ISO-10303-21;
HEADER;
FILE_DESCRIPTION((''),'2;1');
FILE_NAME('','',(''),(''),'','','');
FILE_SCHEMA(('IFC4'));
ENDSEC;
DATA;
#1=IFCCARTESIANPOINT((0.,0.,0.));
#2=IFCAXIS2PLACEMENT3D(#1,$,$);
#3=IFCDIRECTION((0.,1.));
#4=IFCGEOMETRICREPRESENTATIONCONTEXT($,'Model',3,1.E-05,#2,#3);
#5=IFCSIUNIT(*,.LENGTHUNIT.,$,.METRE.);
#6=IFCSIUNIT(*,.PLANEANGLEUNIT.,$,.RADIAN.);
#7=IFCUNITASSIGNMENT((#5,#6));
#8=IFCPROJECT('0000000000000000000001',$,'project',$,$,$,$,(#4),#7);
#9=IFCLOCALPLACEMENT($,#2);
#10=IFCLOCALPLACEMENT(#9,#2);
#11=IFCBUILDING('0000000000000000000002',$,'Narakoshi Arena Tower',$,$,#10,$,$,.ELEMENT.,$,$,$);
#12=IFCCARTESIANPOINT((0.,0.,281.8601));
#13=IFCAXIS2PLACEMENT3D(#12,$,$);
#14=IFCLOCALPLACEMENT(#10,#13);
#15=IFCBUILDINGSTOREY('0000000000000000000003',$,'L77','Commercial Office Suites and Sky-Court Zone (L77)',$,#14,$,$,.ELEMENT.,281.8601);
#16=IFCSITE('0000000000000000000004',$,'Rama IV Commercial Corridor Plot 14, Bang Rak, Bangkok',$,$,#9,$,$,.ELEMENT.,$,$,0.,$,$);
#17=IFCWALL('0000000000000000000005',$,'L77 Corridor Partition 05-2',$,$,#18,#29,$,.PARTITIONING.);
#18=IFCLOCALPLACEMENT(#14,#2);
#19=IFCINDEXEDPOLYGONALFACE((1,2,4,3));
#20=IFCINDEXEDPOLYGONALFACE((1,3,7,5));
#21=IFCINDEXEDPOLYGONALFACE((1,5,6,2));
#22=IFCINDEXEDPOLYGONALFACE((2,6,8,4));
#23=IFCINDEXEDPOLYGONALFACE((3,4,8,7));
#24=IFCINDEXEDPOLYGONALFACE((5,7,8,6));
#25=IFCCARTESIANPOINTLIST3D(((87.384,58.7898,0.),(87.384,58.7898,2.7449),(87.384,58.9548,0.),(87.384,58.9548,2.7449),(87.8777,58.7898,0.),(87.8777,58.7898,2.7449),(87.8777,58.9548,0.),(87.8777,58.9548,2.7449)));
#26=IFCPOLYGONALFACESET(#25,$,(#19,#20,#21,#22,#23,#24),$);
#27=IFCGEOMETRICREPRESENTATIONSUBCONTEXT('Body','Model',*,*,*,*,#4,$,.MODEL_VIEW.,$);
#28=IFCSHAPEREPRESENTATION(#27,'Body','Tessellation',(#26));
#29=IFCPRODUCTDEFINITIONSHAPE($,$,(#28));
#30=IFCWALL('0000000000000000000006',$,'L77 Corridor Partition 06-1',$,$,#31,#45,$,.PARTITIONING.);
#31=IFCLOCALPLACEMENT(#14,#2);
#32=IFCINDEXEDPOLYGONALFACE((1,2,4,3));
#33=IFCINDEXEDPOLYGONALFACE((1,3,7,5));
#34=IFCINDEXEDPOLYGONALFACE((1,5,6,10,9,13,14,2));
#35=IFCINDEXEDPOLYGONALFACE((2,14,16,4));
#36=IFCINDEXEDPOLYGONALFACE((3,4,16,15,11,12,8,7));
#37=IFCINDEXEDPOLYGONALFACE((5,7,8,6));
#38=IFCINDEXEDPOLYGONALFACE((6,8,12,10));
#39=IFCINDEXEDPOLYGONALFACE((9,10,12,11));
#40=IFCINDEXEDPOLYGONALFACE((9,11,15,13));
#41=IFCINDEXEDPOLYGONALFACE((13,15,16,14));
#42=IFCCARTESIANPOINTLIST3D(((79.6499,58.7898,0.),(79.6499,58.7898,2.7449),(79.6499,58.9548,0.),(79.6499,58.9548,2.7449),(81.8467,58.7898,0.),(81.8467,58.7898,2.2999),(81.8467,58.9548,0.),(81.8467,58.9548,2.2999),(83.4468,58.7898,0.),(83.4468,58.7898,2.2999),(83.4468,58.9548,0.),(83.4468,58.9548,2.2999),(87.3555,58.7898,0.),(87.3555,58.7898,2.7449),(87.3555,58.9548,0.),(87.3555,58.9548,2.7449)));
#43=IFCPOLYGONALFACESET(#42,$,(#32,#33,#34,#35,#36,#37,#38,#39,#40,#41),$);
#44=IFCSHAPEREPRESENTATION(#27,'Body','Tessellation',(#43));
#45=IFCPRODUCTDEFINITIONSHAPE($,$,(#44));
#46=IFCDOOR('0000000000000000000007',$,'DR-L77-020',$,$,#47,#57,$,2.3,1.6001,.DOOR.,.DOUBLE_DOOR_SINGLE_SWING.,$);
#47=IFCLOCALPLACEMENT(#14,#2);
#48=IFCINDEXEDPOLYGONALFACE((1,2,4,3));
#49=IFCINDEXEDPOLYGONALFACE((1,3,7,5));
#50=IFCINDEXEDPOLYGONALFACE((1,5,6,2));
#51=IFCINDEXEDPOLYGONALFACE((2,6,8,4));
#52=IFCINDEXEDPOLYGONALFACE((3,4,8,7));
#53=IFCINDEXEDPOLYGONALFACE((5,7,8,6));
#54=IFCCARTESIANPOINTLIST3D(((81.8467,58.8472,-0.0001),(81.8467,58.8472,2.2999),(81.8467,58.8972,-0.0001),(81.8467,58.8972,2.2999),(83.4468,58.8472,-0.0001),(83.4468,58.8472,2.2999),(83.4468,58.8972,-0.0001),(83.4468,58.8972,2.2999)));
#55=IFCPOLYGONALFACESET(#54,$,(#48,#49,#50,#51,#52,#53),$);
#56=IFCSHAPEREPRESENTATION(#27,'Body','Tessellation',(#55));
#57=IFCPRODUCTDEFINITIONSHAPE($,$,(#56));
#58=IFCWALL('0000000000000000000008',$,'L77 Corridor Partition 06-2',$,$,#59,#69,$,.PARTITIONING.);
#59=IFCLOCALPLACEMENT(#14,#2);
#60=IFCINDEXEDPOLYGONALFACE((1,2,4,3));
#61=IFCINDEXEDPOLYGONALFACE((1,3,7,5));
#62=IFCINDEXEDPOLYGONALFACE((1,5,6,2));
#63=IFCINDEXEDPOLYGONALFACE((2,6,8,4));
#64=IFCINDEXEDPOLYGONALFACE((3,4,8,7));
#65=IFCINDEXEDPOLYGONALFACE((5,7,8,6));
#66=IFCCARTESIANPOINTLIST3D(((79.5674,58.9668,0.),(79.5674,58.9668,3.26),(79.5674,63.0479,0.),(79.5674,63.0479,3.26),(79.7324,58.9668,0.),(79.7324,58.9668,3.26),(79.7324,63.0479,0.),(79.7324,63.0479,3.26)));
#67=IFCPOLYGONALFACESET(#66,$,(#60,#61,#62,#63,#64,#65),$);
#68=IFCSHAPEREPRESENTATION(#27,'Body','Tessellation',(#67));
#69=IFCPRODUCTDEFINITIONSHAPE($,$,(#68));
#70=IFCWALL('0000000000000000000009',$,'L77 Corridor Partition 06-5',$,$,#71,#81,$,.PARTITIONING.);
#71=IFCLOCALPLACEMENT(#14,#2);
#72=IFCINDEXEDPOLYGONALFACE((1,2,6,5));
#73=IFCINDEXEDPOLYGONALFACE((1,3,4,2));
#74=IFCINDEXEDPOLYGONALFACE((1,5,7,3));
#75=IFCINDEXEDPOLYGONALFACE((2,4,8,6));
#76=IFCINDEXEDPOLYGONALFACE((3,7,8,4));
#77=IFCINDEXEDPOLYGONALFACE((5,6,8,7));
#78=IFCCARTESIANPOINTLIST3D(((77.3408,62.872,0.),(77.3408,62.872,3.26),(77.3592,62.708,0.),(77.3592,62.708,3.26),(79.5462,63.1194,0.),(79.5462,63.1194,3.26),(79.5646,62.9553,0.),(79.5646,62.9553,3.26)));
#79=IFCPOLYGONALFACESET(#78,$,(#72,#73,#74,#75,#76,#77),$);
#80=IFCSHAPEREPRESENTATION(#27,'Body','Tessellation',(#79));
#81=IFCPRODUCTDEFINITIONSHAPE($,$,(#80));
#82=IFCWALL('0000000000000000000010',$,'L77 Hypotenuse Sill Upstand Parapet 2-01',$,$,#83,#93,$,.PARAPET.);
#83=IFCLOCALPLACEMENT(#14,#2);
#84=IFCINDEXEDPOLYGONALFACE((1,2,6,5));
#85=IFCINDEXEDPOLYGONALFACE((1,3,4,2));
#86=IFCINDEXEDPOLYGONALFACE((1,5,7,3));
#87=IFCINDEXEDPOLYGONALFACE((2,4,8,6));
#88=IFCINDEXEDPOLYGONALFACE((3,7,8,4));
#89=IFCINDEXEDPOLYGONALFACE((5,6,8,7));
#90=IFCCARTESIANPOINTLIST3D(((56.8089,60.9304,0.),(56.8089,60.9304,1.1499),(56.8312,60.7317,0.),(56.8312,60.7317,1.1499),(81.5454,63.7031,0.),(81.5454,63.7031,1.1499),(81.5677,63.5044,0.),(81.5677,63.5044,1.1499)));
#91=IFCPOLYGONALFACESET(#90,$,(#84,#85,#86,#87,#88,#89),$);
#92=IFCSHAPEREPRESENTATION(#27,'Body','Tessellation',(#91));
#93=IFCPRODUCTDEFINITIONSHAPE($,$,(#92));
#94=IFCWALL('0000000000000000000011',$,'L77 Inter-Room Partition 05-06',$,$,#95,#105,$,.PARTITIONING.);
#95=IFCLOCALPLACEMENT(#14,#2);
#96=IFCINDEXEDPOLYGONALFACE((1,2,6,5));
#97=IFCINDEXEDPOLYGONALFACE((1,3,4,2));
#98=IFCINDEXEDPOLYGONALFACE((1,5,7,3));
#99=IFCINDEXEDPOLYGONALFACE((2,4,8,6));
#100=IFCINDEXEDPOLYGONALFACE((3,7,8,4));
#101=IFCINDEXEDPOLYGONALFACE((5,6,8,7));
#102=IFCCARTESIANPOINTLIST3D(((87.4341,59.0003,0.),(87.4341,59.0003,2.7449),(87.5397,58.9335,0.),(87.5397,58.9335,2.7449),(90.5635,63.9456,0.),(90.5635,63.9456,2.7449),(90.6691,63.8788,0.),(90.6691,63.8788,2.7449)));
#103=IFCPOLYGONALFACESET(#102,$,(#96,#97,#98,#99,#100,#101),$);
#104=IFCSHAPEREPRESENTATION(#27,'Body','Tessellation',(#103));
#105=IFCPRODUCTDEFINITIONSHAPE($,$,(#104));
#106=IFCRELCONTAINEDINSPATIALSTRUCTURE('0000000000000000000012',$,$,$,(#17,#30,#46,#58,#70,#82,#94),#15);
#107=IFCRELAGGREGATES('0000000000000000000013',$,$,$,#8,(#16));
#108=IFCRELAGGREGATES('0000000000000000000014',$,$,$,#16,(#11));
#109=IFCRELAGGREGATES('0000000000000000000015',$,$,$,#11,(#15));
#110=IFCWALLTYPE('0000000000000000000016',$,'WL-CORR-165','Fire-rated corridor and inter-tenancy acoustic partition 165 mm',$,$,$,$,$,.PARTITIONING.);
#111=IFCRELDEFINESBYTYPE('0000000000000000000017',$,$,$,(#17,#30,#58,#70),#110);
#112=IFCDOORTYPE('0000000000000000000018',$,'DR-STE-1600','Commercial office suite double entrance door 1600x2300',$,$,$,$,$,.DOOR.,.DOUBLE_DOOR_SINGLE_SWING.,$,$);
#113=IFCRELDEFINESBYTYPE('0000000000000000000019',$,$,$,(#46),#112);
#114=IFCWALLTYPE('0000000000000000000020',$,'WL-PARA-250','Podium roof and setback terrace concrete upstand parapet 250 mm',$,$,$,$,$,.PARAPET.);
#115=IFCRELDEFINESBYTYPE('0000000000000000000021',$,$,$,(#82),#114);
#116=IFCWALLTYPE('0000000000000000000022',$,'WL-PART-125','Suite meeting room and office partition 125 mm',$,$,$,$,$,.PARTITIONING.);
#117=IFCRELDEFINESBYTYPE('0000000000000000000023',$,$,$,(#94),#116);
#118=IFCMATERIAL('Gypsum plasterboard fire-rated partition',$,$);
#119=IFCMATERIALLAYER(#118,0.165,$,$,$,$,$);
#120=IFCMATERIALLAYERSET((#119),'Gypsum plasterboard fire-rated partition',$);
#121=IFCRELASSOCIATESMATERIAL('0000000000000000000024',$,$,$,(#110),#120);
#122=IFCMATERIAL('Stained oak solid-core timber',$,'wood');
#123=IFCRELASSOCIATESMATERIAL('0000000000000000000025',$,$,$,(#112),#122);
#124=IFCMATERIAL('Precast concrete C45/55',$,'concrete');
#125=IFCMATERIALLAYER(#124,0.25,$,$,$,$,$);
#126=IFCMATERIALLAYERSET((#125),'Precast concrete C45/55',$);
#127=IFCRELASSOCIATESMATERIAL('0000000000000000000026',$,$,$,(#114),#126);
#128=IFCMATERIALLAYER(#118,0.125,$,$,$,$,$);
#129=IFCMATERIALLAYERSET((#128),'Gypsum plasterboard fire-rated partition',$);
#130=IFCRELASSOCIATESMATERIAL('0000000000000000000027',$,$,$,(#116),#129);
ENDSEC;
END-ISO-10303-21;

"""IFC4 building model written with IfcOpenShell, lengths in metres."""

from ifc_helpers import new_model, si_unit, direction, frame, frame_2d, origin, place, context, subcontext, project, spatial, rectangle, extrude, material, layer, layer_set, type_object, element, fill, save


model = new_model("IFC4")

# Units and contexts
model_context = context("Model", 3, precision=1e-05, world=origin(), true_north=direction((0.0, 1.0)))
body_context = subcontext(model_context, "Body", "Model", "MODEL_VIEW")
ifc_project = project(units=[si_unit("LENGTHUNIT", "METRE"), si_unit("PLANEANGLEUNIT", "RADIAN")], contexts=[model_context])

# Site, building, storey
site_placement = place(None, origin())
site = spatial("IfcSite", under=ifc_project, at=site_placement, Name="Rama IV Commercial Corridor Plot 14, Bang Rak, Bangkok", CompositionType="ELEMENT", RefElevation=0.0)
building_placement = place(site_placement, origin())
building = spatial("IfcBuilding", under=site, at=building_placement, Name="Narakoshi Arena Tower", CompositionType="ELEMENT")
storey_placement = place(building_placement, frame((0.0, 0.0, 281.8601)))
storey = spatial("IfcBuildingStorey", under=building, at=storey_placement, Name="L77", Description="Commercial Office Suites and Sky-Court Zone (L77)", CompositionType="ELEMENT", Elevation=281.8601)

# Wall
ifc_material_1 = material(Name="Gypsum plasterboard fire-rated partition")
ifc_layer_1 = layer(ifc_material_1, 0.165)
ifc_layer_set_1 = layer_set([ifc_layer_1], Name="Gypsum plasterboard fire-rated partition")
wall_type_1 = type_object("IfcWallType", Name="WL-CORR-165", Description="Fire-rated corridor and inter-tenancy acoustic partition 165 mm", PredefinedType="PARTITIONING", material=ifc_layer_set_1)
wall_1_placement = place(storey_placement, frame((87.8777, 58.8723, 0.0), z_axis=(0.0, 0.0, 1.0), x_axis=(-1.0, 0.0, 0.0)))
element("IfcWall", 1, at=wall_1_placement, inside=storey, type_object=wall_type_1, Name="L77 Corridor Partition 05-2", PredefinedType="PARTITIONING", context=body_context, shape_type="SweptSolid", body=[
    extrude(rectangle(XDim=0.4937, YDim=0.165, at=frame_2d((0.2468, 0.0))), origin(), (0.0, 0.0, 1.0), 2.7449),
])

# Wall, opening, door
wall_2_placement = place(storey_placement, frame((87.3555, 58.8723, 0.0), z_axis=(0.0, 0.0, 1.0), x_axis=(-1.0, 0.0, 0.0)))
wall_2 = element("IfcWall", 2, at=wall_2_placement, inside=storey, type_object=wall_type_1, Name="L77 Corridor Partition 06-1", PredefinedType="PARTITIONING", context=body_context, shape_type="SweptSolid", body=[
    extrude(rectangle(XDim=7.7056, YDim=0.165, at=frame_2d((3.8528, 0.0))), origin(), (0.0, 0.0, 1.0), 2.7449),
])
opening_placement = place(wall_2_placement, frame((3.9087, 0.0, 0.0)))
opening = element("IfcOpeningElement", 3, at=opening_placement, cuts=wall_2, PredefinedType="OPENING", context=body_context, shape_type="SweptSolid", body=[
    extrude(rectangle(XDim=1.6001, YDim=2.3, at=frame_2d((0.8, 1.1499))), frame((0.0, 0.0925, 0.0), z_axis=(0.0, -1.0, 0.0), x_axis=(1.0, 0.0, 0.0)), (0.0, 0.0, 1.0), 0.1851),
])
ifc_material_2 = material(Name="Stained oak solid-core timber", Category="wood")
door_type = type_object("IfcDoorType", Name="DR-STE-1600", Description="Commercial office suite double entrance door 1600x2300", OperationType="DOUBLE_DOOR_SINGLE_SWING", PredefinedType="DOOR", material=ifc_material_2)
door_placement = place(opening_placement, frame((1.6001, 0.0, 0.0), z_axis=(0.0, 0.0, 1.0), x_axis=(-1.0, 0.0, 0.0)))
door = element("IfcDoor", 4, at=door_placement, inside=storey, type_object=door_type, Name="DR-L77-020", OperationType="DOUBLE_DOOR_SINGLE_SWING", OverallHeight=2.3, OverallWidth=1.6001, PredefinedType="DOOR", context=body_context, shape_type="SweptSolid", body=[
    extrude(rectangle(XDim=1.6001, YDim=2.3, at=frame_2d((0.8, 1.1499))), frame((0.0, 0.0249, 0.0), z_axis=(0.0, -1.0, 0.0), x_axis=(1.0, 0.0, 0.0)), (0.0, 0.0, 1.0), 0.05),
])
fill(opening, door)

# Walls
wall_3_placement = place(storey_placement, frame((79.6499, 58.9668, 0.0), z_axis=(0.0, 0.0, 1.0), x_axis=(0.0, 1.0, 0.0)))
element("IfcWall", 5, at=wall_3_placement, inside=storey, type_object=wall_type_1, Name="L77 Corridor Partition 06-2", PredefinedType="PARTITIONING", context=body_context, shape_type="SweptSolid", body=[
    extrude(rectangle(XDim=4.0811, YDim=0.165, at=frame_2d((2.0405, 0.0))), origin(), (0.0, 0.0, 1.0), 3.26),
])
wall_4_placement = place(storey_placement, frame((79.5554, 63.0374, 0.0), z_axis=(0.0, 0.0, 1.0), x_axis=(-0.993771, -0.111446, 0.0)))
element("IfcWall", 6, at=wall_4_placement, inside=storey, type_object=wall_type_1, Name="L77 Corridor Partition 06-5", PredefinedType="PARTITIONING", context=body_context, shape_type="SweptSolid", body=[
    extrude(rectangle(XDim=2.2192, YDim=0.165, at=frame_2d((1.1096, 0.0))), origin(), (0.0, 0.0, 1.0), 3.26),
])
ifc_material_3 = material(Name="Precast concrete C45/55", Category="concrete")
ifc_layer_2 = layer(ifc_material_3, 0.25)
ifc_layer_set_2 = layer_set([ifc_layer_2], Name="Precast concrete C45/55")
wall_type_2 = type_object("IfcWallType", Name="WL-PARA-250", Description="Podium roof and setback terrace concrete upstand parapet 250 mm", PredefinedType="PARAPET", material=ifc_layer_set_2)
wall_5_placement = place(storey_placement, frame((81.5566, 63.6038, 0.0), z_axis=(0.0, 0.0, 1.0), x_axis=(-0.993776, -0.111393, 0.0)))
element("IfcWall", 7, at=wall_5_placement, inside=storey, type_object=wall_type_2, Name="L77 Hypotenuse Sill Upstand Parapet 2-01", PredefinedType="PARAPET", context=body_context, shape_type="SweptSolid", body=[
    extrude(rectangle(XDim=24.8914, YDim=0.2, at=frame_2d((12.4458, 0.0))), origin(), (0.0, 0.0, 1.0), 1.1499),
])
ifc_layer_3 = layer(ifc_material_1, 0.125)
ifc_layer_set_3 = layer_set([ifc_layer_3], Name="Gypsum plasterboard fire-rated partition")
wall_type_3 = type_object("IfcWallType", Name="WL-PART-125", Description="Suite meeting room and office partition 125 mm", PredefinedType="PARTITIONING", material=ifc_layer_set_3)
wall_6_placement = place(storey_placement, frame((87.4868, 58.9668, 0.0), z_axis=(0.0, 0.0, 1.0), x_axis=(0.53473, 0.845023, 0.0)))
element("IfcWall", 8, at=wall_6_placement, inside=storey, type_object=wall_type_3, Name="L77 Inter-Room Partition 05-06", PredefinedType="PARTITIONING", context=body_context, shape_type="SweptSolid", body=[
    extrude(rectangle(XDim=5.8523, YDim=0.125, at=frame_2d((2.9263, 0.0))), origin(), (0.0, 0.0, 1.0), 2.7449),
])

save(model, "model.ifc")
